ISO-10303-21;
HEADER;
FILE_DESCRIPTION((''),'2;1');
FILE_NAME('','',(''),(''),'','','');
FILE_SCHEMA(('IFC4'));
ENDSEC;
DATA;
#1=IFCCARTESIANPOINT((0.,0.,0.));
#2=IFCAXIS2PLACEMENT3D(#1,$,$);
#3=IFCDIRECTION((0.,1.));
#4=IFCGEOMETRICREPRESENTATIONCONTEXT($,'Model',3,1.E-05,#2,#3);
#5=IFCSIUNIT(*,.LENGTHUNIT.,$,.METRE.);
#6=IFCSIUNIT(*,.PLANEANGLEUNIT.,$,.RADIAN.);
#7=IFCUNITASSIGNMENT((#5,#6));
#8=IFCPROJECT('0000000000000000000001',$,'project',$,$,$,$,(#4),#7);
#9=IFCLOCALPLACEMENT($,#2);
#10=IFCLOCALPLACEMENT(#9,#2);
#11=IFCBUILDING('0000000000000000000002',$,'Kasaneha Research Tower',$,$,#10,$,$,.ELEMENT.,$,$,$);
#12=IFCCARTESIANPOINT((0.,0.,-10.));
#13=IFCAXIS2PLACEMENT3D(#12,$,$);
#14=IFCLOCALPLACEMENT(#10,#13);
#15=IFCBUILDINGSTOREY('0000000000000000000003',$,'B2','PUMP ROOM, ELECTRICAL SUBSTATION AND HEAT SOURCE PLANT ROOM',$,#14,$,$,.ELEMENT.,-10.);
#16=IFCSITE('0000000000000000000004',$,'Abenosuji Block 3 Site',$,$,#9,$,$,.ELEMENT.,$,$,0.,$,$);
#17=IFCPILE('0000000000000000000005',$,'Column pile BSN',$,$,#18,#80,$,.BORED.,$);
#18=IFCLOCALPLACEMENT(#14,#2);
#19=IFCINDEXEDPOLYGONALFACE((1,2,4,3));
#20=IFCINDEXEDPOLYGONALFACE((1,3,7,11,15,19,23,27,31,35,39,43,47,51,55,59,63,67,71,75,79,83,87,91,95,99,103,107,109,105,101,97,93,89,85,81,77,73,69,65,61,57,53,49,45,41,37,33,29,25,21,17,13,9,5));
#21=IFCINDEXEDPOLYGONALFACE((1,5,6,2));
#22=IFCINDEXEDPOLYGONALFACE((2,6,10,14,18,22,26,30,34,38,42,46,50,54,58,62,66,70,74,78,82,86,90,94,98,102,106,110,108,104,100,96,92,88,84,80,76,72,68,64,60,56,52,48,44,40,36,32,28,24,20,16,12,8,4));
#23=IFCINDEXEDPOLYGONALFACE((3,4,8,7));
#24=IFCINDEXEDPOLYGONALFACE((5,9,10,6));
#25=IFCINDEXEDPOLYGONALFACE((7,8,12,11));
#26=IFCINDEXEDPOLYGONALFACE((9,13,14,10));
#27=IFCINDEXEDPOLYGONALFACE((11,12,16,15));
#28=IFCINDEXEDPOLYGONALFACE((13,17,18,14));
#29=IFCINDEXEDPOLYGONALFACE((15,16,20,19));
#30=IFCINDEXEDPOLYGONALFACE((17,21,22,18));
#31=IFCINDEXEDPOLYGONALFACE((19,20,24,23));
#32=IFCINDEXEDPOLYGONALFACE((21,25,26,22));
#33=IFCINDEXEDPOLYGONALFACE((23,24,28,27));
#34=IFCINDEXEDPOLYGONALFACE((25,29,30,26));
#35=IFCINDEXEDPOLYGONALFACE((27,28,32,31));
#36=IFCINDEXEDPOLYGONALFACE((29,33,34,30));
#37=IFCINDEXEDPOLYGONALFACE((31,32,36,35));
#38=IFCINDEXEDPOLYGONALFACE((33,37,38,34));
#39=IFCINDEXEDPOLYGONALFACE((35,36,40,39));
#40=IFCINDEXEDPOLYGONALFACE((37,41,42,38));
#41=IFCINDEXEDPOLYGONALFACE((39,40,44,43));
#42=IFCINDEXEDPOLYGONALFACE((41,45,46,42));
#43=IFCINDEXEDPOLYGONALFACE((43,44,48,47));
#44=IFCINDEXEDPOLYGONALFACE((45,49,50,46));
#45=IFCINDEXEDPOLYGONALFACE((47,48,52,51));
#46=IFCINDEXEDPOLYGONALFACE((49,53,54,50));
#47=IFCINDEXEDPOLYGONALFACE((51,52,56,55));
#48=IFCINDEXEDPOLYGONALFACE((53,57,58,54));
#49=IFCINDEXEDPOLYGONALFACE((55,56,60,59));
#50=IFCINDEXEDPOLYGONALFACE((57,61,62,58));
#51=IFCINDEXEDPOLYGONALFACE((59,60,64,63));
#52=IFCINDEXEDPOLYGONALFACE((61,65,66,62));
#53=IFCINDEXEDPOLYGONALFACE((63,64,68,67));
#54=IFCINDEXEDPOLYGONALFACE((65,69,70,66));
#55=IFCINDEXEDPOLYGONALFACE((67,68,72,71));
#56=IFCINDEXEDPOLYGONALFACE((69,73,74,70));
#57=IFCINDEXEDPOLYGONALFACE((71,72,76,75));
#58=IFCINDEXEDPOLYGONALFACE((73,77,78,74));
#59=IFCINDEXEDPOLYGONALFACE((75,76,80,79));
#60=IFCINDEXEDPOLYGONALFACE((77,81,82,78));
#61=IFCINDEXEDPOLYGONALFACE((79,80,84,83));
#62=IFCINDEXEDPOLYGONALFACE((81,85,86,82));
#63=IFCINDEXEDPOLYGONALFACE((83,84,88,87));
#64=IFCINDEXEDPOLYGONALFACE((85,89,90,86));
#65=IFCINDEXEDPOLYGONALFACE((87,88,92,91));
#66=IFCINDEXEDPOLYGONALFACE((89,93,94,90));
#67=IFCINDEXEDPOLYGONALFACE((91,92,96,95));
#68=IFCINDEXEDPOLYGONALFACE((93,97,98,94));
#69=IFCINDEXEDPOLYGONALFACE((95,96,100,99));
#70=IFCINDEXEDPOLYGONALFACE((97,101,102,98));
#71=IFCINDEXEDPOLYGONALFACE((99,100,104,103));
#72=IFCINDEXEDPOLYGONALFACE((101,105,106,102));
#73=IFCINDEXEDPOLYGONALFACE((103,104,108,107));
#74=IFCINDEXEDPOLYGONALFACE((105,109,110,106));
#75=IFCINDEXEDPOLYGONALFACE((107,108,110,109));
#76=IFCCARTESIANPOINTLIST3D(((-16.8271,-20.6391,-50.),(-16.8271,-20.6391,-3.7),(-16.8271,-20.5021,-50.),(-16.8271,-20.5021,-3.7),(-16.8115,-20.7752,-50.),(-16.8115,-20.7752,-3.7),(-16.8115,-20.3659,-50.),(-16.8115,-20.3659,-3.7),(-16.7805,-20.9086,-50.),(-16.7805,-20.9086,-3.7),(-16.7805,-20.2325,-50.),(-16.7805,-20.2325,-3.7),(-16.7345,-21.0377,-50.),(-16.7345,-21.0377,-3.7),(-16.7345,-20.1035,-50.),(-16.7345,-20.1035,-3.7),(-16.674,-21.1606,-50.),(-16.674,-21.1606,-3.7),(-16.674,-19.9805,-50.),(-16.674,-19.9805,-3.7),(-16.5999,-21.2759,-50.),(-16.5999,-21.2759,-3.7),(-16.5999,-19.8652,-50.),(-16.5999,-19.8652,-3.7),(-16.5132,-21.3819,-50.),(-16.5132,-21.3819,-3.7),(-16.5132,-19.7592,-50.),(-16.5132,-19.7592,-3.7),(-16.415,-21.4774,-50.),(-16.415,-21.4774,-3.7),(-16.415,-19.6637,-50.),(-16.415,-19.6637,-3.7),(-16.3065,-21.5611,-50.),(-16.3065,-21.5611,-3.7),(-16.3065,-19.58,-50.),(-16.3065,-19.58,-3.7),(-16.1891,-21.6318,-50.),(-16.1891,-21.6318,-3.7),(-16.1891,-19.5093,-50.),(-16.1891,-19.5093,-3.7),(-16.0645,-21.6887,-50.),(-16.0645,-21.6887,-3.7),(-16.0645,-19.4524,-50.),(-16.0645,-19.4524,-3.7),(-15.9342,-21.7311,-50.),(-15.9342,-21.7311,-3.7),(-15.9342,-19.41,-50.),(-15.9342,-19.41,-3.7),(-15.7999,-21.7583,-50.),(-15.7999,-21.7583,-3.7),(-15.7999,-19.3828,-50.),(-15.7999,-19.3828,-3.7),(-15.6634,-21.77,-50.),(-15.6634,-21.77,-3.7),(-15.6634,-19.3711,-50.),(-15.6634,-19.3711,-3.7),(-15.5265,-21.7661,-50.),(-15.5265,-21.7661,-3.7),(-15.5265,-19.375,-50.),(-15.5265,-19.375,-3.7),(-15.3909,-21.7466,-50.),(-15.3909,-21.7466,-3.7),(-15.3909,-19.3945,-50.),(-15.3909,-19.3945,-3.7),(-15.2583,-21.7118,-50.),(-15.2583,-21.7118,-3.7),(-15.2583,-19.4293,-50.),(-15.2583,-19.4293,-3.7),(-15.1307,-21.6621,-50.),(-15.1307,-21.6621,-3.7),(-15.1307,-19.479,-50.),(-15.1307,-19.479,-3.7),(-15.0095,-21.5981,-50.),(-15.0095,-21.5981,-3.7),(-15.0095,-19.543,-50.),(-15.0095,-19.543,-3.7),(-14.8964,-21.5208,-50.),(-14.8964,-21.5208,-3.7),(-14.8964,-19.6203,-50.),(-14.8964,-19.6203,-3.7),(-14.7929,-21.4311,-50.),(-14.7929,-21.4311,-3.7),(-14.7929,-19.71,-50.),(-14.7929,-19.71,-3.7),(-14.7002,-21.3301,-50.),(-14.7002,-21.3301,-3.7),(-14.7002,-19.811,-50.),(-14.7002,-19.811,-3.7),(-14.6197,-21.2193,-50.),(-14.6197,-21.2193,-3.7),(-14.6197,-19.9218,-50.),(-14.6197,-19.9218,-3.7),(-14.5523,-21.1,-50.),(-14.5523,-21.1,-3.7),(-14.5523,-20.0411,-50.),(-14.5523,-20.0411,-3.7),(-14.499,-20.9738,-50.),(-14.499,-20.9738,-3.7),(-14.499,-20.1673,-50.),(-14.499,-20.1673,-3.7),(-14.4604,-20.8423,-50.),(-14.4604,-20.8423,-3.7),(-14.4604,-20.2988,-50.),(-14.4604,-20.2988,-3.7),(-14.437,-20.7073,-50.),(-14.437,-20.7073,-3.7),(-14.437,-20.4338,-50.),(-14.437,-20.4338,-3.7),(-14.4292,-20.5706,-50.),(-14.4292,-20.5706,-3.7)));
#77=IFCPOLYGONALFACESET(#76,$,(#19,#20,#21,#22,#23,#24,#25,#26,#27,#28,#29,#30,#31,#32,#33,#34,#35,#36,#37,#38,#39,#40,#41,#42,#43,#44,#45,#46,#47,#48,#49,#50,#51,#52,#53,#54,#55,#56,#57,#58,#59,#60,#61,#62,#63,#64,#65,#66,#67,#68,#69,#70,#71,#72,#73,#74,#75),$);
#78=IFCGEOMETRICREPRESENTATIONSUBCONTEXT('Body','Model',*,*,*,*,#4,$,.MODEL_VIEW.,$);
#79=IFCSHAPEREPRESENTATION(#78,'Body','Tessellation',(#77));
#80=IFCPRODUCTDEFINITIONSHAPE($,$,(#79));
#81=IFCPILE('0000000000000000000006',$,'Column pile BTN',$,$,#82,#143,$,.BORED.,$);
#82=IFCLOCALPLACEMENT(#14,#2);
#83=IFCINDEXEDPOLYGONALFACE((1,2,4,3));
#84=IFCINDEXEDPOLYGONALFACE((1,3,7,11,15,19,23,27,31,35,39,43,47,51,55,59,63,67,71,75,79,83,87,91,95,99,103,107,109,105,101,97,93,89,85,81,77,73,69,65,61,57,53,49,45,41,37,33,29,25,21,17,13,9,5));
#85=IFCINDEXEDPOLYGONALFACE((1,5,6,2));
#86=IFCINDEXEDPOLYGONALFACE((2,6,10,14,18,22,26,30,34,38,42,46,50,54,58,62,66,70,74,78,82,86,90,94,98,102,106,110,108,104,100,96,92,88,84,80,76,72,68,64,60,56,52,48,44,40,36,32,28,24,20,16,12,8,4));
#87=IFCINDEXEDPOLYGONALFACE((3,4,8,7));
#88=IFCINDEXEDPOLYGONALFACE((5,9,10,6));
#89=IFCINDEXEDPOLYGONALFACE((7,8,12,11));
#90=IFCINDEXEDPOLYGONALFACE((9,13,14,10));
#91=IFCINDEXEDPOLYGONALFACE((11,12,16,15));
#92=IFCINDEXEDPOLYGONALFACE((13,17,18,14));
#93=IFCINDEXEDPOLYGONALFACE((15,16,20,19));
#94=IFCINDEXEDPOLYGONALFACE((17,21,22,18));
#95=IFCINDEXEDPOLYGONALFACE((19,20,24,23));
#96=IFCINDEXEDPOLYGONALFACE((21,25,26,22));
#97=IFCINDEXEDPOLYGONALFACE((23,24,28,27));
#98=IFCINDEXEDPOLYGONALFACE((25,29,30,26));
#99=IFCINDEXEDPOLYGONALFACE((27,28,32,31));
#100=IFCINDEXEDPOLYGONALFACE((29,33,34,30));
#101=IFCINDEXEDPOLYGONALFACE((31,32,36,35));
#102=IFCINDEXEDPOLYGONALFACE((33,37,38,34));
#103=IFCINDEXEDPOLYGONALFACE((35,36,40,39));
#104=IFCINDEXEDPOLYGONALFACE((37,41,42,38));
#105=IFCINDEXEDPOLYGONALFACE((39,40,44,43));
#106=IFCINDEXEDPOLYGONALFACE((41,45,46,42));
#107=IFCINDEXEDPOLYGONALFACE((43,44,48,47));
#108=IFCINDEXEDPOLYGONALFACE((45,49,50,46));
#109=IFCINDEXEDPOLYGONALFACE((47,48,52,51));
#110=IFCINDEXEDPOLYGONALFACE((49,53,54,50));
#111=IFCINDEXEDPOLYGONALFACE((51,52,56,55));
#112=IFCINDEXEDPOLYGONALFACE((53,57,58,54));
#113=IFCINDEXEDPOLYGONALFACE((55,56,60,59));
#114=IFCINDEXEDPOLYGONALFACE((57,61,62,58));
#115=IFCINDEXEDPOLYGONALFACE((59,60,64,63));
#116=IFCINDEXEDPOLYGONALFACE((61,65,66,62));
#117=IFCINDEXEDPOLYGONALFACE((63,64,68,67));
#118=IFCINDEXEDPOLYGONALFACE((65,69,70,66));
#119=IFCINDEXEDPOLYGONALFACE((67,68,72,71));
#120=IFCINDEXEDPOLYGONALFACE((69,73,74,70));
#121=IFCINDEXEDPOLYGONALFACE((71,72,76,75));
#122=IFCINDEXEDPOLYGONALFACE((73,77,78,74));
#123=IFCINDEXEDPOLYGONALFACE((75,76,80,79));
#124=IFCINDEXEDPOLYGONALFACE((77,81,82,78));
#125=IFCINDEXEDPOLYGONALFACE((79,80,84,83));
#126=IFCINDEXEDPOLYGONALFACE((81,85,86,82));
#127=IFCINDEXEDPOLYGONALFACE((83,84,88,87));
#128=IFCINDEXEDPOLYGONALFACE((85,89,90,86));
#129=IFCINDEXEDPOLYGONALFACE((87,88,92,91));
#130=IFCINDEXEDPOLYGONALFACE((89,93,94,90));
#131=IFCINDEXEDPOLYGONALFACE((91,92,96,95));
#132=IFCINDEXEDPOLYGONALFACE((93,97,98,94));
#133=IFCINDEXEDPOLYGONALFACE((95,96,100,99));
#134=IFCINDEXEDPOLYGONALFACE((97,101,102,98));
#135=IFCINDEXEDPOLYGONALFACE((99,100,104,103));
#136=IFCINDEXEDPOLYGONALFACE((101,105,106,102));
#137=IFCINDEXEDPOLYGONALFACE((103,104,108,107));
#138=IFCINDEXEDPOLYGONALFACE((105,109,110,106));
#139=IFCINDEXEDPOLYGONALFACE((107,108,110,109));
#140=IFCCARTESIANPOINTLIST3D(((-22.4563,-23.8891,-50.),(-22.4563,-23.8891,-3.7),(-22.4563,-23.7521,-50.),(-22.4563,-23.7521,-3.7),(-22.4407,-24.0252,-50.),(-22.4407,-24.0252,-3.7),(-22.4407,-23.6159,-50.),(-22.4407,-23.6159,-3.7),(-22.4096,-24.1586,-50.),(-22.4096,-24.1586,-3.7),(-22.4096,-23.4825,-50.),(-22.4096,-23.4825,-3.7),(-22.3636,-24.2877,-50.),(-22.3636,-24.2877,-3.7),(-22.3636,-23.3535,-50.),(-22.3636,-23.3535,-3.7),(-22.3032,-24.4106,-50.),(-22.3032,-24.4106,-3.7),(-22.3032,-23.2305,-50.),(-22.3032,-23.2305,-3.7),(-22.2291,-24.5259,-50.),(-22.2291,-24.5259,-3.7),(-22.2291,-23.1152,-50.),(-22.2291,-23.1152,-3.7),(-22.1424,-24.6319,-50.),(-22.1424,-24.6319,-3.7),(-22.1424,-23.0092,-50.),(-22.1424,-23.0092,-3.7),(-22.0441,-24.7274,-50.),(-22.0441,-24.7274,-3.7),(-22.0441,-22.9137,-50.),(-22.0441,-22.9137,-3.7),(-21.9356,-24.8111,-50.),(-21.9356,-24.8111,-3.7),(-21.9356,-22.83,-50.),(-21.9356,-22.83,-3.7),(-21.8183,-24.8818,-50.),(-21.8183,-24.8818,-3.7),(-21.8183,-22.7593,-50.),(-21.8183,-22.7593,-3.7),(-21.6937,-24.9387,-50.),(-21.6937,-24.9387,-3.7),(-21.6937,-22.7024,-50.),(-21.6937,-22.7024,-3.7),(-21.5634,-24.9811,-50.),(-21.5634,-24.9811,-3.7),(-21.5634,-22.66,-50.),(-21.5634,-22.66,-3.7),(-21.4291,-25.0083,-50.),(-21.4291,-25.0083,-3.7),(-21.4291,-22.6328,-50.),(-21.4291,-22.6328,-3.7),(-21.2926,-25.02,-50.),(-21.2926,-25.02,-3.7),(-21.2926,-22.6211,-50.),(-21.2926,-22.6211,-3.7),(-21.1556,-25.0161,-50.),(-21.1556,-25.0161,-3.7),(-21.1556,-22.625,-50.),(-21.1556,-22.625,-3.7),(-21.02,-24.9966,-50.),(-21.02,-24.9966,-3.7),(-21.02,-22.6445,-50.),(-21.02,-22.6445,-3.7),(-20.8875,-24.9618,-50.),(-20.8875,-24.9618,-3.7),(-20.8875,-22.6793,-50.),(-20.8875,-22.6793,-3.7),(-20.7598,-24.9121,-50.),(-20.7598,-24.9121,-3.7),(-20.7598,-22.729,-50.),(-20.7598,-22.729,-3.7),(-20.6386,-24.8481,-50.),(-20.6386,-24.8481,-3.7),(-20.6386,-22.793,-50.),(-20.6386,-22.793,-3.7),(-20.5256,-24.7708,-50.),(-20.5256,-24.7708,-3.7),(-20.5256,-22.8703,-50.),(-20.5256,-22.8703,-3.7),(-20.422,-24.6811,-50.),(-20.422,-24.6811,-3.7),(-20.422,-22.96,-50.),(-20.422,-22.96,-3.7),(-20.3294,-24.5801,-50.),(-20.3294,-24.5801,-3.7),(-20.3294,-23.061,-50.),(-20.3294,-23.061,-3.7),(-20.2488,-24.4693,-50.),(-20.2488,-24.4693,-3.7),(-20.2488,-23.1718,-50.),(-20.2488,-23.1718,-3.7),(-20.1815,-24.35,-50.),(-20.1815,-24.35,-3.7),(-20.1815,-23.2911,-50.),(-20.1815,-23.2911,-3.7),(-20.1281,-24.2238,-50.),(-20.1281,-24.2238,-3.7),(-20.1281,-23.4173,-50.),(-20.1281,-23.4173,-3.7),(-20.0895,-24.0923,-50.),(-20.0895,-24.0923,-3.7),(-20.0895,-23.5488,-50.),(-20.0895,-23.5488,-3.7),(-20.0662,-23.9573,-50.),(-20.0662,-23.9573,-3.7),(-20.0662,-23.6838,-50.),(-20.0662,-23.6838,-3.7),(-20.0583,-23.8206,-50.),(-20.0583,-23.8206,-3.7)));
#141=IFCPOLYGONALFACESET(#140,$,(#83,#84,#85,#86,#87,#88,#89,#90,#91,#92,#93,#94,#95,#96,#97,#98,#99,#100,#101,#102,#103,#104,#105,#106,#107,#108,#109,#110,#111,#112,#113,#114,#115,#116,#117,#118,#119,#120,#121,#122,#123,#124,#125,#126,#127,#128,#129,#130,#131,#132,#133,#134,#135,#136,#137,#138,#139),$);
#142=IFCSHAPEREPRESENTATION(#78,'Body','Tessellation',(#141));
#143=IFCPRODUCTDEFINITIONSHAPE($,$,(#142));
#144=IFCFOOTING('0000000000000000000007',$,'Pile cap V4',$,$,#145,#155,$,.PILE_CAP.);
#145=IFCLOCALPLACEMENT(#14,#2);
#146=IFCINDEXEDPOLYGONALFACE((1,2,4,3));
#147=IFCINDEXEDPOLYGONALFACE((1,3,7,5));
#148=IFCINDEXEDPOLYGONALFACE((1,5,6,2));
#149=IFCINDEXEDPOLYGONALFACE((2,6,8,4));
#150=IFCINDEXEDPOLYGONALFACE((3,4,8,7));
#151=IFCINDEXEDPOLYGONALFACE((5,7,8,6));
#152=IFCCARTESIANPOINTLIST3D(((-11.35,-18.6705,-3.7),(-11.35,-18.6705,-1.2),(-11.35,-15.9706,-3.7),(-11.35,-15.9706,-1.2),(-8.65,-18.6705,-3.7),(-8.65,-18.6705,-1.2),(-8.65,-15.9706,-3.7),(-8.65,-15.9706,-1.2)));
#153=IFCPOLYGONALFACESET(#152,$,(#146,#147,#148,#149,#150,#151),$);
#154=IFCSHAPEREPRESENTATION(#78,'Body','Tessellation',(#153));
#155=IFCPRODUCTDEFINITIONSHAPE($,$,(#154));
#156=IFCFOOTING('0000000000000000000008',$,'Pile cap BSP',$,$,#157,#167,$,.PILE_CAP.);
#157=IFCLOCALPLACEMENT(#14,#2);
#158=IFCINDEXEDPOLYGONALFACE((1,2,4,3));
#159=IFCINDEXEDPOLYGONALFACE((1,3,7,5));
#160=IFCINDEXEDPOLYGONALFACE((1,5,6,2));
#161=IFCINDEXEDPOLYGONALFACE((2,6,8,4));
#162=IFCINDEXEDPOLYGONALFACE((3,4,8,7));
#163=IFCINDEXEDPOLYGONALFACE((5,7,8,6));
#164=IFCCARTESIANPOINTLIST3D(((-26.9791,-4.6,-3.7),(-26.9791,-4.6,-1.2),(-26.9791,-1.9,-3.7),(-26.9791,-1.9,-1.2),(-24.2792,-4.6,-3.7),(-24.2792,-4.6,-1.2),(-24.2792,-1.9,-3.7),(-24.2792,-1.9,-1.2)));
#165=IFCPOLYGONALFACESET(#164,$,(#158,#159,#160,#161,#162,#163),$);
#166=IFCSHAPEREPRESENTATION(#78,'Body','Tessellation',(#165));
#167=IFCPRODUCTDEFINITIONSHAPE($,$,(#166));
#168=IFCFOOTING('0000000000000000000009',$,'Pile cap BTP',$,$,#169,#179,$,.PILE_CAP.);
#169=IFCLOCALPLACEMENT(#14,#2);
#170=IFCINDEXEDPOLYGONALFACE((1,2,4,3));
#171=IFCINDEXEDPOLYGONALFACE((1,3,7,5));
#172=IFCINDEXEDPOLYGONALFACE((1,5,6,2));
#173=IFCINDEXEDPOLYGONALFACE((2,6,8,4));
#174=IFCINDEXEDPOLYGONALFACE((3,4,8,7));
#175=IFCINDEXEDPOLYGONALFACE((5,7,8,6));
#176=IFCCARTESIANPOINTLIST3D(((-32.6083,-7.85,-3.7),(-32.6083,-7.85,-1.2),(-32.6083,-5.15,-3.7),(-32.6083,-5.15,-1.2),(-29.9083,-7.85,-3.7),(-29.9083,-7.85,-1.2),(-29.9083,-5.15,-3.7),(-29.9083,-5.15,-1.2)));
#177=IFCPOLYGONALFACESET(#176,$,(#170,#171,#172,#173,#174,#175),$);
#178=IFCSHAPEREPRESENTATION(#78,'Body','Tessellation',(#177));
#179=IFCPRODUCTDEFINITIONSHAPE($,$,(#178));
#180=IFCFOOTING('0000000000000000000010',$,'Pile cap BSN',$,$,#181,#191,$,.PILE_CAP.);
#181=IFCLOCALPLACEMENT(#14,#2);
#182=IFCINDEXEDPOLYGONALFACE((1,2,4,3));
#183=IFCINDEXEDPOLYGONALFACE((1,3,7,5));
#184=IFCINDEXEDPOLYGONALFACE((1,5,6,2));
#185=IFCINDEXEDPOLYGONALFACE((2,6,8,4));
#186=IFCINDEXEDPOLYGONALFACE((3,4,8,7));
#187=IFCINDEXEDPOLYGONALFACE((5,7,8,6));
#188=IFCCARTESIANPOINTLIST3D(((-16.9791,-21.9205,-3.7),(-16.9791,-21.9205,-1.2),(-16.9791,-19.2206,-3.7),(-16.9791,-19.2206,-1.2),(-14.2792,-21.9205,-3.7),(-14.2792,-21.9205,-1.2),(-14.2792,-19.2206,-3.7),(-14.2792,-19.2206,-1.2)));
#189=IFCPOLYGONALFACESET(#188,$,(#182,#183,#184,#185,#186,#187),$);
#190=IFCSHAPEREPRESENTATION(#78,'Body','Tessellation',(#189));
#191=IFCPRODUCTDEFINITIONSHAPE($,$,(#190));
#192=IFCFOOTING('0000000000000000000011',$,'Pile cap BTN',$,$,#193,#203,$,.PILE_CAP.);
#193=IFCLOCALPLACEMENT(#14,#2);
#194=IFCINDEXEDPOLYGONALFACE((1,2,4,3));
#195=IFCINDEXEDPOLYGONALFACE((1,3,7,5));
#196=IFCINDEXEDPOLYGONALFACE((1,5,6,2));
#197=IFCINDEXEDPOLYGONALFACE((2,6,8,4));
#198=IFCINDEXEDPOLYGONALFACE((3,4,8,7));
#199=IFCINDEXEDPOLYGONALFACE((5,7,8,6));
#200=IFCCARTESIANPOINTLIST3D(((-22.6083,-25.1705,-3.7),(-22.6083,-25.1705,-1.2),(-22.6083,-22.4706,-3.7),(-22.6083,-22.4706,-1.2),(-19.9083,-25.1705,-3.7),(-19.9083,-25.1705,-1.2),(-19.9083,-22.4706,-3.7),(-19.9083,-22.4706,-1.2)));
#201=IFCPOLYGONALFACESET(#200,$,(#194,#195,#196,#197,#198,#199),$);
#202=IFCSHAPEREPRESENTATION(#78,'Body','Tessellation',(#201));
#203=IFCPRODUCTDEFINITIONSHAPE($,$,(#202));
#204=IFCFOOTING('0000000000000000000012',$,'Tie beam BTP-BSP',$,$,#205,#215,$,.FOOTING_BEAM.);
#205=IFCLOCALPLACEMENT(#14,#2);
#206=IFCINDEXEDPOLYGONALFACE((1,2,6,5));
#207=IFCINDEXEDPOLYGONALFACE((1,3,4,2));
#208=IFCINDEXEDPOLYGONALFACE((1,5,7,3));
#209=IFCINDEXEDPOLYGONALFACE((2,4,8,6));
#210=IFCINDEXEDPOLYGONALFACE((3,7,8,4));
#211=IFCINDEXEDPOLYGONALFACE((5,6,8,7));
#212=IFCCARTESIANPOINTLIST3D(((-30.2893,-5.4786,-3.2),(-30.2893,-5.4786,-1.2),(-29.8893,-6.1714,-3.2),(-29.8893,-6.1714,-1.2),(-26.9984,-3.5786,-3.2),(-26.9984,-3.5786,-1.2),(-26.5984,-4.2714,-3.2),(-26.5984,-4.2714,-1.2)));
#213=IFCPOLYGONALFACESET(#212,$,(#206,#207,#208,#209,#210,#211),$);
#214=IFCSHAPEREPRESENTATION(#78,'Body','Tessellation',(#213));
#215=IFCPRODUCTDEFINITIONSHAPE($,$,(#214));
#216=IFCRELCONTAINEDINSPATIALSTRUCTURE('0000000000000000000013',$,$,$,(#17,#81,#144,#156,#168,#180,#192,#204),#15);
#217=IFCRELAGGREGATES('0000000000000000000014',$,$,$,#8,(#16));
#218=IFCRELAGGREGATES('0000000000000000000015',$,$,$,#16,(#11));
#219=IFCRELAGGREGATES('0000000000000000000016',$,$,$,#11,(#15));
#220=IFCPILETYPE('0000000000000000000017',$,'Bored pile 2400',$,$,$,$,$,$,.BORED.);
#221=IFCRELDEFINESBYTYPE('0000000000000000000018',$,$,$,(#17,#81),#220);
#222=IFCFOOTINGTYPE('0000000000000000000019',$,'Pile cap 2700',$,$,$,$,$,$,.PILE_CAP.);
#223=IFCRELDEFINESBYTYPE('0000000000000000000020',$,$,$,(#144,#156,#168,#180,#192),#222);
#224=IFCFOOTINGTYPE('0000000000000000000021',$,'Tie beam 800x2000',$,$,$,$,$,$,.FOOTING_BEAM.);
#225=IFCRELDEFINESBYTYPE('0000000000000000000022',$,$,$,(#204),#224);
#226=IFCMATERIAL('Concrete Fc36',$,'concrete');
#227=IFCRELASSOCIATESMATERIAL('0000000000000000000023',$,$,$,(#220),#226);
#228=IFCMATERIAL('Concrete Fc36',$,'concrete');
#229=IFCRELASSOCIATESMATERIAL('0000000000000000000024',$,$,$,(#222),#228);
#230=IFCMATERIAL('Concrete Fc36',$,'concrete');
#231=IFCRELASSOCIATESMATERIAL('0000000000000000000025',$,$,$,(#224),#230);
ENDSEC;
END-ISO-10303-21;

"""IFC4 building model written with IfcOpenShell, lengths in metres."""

from ifc_helpers import new_model, si_unit, direction, frame, origin, origin_2d, place, context, subcontext, project, spatial, rectangle, circle, extrude, material, material_profile, profile_set, type_object, element, save


model = new_model("IFC4")

# Units and contexts
model_context = context("Model", 3, precision=1e-05, world=origin(), true_north=direction((0.0, 1.0)))
body_context = subcontext(model_context, "Body", "Model", "MODEL_VIEW")
ifc_project = project(units=[si_unit("LENGTHUNIT", "METRE"), si_unit("PLANEANGLEUNIT", "RADIAN")], contexts=[model_context])

# Site, building, storey
site_placement = place(None, origin())
site = spatial("IfcSite", under=ifc_project, at=site_placement, Name="Abenosuji Block 3 Site", CompositionType="ELEMENT", RefElevation=0.0)
building_placement = place(site_placement, origin())
building = spatial("IfcBuilding", under=site, at=building_placement, Name="Kasaneha Research Tower", CompositionType="ELEMENT")
storey_placement = place(building_placement, frame((0.0, 0.0, -10.0)))
storey = spatial("IfcBuildingStorey", under=building, at=storey_placement, Name="B2", Description="PUMP ROOM, ELECTRICAL SUBSTATION AND HEAT SOURCE PLANT ROOM", CompositionType="ELEMENT", Elevation=-10.0)

# Piles
ifc_material_1 = material(Name="Concrete Fc36", Category="concrete")
ifc_material_profile_1 = material_profile(ifc_material_1, circle(Radius=1.2, at=origin_2d()), Name="Bored pile 2400")
ifc_profile_set_1 = profile_set([ifc_material_profile_1], Name="Concrete Fc36")
pile_type_1 = type_object("IfcPileType", Name="Bored pile 2400", PredefinedType="BORED", material=ifc_profile_set_1)
for number, where, z_axis, x_axis, name in (
    (1, (-15.6292, -20.5706, -3.7), (0.0, 0.0, -1.0), (1.0, 0.0, 0.0), "Column pile BSN"),
    (2, (-21.2583, -23.8206, -3.7), (0.0, 0.0, -1.0), (1.0, 0.0, 0.0), "Column pile BTN"),
):
    element("IfcPile", number, at=place(storey_placement, frame(where, z_axis=z_axis, x_axis=x_axis)), inside=storey, type_object=pile_type_1, Name=name, PredefinedType="BORED", context=body_context, shape_type="SweptSolid", body=[
        extrude(circle(Radius=1.2, at=origin_2d()), origin(), (0.0, 0.0, 1.0), 46.3),
    ])

# Footings
ifc_material_2 = material(Name="Concrete Fc36", Category="concrete")
footing_type_1 = type_object("IfcFootingType", Name="Pile cap 2700", PredefinedType="PILE_CAP", material=ifc_material_2)
for number, where, z_axis, x_axis, name in (
    (3, (-10.0, -17.3206, -3.7), (0.0, 0.0, 1.0), (1.0, 0.0, 0.0), "Pile cap V4"),
    (4, (-25.6292, -3.25, -3.7), (0.0, 0.0, 1.0), (1.0, 0.0, 0.0), "Pile cap BSP"),
    (5, (-31.2583, -6.5, -3.7), (0.0, 0.0, 1.0), (1.0, 0.0, 0.0), "Pile cap BTP"),
    (6, (-15.6292, -20.5706, -3.7), (0.0, 0.0, 1.0), (1.0, 0.0, 0.0), "Pile cap BSN"),
    (7, (-21.2583, -23.8206, -3.7), (0.0, 0.0, 1.0), (1.0, 0.0, 0.0), "Pile cap BTN"),
):
    element("IfcFooting", number, at=place(storey_placement, frame(where, z_axis=z_axis, x_axis=x_axis)), inside=storey, type_object=footing_type_1, Name=name, PredefinedType="PILE_CAP", context=body_context, shape_type="SweptSolid", body=[
        extrude(rectangle(XDim=2.7, YDim=2.7, at=origin_2d()), origin(), (0.0, 0.0, 1.0), 2.5),
    ])
ifc_material_3 = material(Name="Concrete Fc36", Category="concrete")
footing_type_2 = type_object("IfcFootingType", Name="Tie beam 800x2000", PredefinedType="FOOTING_BEAM", material=ifc_material_3)
for number, where, z_axis, x_axis, name in (
    (8, (-28.4438, -4.875, -3.2), (0.0, 0.0, 1.0), (0.866025, 0.5, 0.0), "Tie beam BTP-BSP"),
):
    element("IfcFooting", number, at=place(storey_placement, frame(where, z_axis=z_axis, x_axis=x_axis)), inside=storey, type_object=footing_type_2, Name=name, PredefinedType="FOOTING_BEAM", context=body_context, shape_type="SweptSolid", body=[
        extrude(rectangle(XDim=3.8, YDim=0.8, at=origin_2d()), origin(), (0.0, 0.0, 1.0), 2.0),
    ])

save(model, "model.ifc")
